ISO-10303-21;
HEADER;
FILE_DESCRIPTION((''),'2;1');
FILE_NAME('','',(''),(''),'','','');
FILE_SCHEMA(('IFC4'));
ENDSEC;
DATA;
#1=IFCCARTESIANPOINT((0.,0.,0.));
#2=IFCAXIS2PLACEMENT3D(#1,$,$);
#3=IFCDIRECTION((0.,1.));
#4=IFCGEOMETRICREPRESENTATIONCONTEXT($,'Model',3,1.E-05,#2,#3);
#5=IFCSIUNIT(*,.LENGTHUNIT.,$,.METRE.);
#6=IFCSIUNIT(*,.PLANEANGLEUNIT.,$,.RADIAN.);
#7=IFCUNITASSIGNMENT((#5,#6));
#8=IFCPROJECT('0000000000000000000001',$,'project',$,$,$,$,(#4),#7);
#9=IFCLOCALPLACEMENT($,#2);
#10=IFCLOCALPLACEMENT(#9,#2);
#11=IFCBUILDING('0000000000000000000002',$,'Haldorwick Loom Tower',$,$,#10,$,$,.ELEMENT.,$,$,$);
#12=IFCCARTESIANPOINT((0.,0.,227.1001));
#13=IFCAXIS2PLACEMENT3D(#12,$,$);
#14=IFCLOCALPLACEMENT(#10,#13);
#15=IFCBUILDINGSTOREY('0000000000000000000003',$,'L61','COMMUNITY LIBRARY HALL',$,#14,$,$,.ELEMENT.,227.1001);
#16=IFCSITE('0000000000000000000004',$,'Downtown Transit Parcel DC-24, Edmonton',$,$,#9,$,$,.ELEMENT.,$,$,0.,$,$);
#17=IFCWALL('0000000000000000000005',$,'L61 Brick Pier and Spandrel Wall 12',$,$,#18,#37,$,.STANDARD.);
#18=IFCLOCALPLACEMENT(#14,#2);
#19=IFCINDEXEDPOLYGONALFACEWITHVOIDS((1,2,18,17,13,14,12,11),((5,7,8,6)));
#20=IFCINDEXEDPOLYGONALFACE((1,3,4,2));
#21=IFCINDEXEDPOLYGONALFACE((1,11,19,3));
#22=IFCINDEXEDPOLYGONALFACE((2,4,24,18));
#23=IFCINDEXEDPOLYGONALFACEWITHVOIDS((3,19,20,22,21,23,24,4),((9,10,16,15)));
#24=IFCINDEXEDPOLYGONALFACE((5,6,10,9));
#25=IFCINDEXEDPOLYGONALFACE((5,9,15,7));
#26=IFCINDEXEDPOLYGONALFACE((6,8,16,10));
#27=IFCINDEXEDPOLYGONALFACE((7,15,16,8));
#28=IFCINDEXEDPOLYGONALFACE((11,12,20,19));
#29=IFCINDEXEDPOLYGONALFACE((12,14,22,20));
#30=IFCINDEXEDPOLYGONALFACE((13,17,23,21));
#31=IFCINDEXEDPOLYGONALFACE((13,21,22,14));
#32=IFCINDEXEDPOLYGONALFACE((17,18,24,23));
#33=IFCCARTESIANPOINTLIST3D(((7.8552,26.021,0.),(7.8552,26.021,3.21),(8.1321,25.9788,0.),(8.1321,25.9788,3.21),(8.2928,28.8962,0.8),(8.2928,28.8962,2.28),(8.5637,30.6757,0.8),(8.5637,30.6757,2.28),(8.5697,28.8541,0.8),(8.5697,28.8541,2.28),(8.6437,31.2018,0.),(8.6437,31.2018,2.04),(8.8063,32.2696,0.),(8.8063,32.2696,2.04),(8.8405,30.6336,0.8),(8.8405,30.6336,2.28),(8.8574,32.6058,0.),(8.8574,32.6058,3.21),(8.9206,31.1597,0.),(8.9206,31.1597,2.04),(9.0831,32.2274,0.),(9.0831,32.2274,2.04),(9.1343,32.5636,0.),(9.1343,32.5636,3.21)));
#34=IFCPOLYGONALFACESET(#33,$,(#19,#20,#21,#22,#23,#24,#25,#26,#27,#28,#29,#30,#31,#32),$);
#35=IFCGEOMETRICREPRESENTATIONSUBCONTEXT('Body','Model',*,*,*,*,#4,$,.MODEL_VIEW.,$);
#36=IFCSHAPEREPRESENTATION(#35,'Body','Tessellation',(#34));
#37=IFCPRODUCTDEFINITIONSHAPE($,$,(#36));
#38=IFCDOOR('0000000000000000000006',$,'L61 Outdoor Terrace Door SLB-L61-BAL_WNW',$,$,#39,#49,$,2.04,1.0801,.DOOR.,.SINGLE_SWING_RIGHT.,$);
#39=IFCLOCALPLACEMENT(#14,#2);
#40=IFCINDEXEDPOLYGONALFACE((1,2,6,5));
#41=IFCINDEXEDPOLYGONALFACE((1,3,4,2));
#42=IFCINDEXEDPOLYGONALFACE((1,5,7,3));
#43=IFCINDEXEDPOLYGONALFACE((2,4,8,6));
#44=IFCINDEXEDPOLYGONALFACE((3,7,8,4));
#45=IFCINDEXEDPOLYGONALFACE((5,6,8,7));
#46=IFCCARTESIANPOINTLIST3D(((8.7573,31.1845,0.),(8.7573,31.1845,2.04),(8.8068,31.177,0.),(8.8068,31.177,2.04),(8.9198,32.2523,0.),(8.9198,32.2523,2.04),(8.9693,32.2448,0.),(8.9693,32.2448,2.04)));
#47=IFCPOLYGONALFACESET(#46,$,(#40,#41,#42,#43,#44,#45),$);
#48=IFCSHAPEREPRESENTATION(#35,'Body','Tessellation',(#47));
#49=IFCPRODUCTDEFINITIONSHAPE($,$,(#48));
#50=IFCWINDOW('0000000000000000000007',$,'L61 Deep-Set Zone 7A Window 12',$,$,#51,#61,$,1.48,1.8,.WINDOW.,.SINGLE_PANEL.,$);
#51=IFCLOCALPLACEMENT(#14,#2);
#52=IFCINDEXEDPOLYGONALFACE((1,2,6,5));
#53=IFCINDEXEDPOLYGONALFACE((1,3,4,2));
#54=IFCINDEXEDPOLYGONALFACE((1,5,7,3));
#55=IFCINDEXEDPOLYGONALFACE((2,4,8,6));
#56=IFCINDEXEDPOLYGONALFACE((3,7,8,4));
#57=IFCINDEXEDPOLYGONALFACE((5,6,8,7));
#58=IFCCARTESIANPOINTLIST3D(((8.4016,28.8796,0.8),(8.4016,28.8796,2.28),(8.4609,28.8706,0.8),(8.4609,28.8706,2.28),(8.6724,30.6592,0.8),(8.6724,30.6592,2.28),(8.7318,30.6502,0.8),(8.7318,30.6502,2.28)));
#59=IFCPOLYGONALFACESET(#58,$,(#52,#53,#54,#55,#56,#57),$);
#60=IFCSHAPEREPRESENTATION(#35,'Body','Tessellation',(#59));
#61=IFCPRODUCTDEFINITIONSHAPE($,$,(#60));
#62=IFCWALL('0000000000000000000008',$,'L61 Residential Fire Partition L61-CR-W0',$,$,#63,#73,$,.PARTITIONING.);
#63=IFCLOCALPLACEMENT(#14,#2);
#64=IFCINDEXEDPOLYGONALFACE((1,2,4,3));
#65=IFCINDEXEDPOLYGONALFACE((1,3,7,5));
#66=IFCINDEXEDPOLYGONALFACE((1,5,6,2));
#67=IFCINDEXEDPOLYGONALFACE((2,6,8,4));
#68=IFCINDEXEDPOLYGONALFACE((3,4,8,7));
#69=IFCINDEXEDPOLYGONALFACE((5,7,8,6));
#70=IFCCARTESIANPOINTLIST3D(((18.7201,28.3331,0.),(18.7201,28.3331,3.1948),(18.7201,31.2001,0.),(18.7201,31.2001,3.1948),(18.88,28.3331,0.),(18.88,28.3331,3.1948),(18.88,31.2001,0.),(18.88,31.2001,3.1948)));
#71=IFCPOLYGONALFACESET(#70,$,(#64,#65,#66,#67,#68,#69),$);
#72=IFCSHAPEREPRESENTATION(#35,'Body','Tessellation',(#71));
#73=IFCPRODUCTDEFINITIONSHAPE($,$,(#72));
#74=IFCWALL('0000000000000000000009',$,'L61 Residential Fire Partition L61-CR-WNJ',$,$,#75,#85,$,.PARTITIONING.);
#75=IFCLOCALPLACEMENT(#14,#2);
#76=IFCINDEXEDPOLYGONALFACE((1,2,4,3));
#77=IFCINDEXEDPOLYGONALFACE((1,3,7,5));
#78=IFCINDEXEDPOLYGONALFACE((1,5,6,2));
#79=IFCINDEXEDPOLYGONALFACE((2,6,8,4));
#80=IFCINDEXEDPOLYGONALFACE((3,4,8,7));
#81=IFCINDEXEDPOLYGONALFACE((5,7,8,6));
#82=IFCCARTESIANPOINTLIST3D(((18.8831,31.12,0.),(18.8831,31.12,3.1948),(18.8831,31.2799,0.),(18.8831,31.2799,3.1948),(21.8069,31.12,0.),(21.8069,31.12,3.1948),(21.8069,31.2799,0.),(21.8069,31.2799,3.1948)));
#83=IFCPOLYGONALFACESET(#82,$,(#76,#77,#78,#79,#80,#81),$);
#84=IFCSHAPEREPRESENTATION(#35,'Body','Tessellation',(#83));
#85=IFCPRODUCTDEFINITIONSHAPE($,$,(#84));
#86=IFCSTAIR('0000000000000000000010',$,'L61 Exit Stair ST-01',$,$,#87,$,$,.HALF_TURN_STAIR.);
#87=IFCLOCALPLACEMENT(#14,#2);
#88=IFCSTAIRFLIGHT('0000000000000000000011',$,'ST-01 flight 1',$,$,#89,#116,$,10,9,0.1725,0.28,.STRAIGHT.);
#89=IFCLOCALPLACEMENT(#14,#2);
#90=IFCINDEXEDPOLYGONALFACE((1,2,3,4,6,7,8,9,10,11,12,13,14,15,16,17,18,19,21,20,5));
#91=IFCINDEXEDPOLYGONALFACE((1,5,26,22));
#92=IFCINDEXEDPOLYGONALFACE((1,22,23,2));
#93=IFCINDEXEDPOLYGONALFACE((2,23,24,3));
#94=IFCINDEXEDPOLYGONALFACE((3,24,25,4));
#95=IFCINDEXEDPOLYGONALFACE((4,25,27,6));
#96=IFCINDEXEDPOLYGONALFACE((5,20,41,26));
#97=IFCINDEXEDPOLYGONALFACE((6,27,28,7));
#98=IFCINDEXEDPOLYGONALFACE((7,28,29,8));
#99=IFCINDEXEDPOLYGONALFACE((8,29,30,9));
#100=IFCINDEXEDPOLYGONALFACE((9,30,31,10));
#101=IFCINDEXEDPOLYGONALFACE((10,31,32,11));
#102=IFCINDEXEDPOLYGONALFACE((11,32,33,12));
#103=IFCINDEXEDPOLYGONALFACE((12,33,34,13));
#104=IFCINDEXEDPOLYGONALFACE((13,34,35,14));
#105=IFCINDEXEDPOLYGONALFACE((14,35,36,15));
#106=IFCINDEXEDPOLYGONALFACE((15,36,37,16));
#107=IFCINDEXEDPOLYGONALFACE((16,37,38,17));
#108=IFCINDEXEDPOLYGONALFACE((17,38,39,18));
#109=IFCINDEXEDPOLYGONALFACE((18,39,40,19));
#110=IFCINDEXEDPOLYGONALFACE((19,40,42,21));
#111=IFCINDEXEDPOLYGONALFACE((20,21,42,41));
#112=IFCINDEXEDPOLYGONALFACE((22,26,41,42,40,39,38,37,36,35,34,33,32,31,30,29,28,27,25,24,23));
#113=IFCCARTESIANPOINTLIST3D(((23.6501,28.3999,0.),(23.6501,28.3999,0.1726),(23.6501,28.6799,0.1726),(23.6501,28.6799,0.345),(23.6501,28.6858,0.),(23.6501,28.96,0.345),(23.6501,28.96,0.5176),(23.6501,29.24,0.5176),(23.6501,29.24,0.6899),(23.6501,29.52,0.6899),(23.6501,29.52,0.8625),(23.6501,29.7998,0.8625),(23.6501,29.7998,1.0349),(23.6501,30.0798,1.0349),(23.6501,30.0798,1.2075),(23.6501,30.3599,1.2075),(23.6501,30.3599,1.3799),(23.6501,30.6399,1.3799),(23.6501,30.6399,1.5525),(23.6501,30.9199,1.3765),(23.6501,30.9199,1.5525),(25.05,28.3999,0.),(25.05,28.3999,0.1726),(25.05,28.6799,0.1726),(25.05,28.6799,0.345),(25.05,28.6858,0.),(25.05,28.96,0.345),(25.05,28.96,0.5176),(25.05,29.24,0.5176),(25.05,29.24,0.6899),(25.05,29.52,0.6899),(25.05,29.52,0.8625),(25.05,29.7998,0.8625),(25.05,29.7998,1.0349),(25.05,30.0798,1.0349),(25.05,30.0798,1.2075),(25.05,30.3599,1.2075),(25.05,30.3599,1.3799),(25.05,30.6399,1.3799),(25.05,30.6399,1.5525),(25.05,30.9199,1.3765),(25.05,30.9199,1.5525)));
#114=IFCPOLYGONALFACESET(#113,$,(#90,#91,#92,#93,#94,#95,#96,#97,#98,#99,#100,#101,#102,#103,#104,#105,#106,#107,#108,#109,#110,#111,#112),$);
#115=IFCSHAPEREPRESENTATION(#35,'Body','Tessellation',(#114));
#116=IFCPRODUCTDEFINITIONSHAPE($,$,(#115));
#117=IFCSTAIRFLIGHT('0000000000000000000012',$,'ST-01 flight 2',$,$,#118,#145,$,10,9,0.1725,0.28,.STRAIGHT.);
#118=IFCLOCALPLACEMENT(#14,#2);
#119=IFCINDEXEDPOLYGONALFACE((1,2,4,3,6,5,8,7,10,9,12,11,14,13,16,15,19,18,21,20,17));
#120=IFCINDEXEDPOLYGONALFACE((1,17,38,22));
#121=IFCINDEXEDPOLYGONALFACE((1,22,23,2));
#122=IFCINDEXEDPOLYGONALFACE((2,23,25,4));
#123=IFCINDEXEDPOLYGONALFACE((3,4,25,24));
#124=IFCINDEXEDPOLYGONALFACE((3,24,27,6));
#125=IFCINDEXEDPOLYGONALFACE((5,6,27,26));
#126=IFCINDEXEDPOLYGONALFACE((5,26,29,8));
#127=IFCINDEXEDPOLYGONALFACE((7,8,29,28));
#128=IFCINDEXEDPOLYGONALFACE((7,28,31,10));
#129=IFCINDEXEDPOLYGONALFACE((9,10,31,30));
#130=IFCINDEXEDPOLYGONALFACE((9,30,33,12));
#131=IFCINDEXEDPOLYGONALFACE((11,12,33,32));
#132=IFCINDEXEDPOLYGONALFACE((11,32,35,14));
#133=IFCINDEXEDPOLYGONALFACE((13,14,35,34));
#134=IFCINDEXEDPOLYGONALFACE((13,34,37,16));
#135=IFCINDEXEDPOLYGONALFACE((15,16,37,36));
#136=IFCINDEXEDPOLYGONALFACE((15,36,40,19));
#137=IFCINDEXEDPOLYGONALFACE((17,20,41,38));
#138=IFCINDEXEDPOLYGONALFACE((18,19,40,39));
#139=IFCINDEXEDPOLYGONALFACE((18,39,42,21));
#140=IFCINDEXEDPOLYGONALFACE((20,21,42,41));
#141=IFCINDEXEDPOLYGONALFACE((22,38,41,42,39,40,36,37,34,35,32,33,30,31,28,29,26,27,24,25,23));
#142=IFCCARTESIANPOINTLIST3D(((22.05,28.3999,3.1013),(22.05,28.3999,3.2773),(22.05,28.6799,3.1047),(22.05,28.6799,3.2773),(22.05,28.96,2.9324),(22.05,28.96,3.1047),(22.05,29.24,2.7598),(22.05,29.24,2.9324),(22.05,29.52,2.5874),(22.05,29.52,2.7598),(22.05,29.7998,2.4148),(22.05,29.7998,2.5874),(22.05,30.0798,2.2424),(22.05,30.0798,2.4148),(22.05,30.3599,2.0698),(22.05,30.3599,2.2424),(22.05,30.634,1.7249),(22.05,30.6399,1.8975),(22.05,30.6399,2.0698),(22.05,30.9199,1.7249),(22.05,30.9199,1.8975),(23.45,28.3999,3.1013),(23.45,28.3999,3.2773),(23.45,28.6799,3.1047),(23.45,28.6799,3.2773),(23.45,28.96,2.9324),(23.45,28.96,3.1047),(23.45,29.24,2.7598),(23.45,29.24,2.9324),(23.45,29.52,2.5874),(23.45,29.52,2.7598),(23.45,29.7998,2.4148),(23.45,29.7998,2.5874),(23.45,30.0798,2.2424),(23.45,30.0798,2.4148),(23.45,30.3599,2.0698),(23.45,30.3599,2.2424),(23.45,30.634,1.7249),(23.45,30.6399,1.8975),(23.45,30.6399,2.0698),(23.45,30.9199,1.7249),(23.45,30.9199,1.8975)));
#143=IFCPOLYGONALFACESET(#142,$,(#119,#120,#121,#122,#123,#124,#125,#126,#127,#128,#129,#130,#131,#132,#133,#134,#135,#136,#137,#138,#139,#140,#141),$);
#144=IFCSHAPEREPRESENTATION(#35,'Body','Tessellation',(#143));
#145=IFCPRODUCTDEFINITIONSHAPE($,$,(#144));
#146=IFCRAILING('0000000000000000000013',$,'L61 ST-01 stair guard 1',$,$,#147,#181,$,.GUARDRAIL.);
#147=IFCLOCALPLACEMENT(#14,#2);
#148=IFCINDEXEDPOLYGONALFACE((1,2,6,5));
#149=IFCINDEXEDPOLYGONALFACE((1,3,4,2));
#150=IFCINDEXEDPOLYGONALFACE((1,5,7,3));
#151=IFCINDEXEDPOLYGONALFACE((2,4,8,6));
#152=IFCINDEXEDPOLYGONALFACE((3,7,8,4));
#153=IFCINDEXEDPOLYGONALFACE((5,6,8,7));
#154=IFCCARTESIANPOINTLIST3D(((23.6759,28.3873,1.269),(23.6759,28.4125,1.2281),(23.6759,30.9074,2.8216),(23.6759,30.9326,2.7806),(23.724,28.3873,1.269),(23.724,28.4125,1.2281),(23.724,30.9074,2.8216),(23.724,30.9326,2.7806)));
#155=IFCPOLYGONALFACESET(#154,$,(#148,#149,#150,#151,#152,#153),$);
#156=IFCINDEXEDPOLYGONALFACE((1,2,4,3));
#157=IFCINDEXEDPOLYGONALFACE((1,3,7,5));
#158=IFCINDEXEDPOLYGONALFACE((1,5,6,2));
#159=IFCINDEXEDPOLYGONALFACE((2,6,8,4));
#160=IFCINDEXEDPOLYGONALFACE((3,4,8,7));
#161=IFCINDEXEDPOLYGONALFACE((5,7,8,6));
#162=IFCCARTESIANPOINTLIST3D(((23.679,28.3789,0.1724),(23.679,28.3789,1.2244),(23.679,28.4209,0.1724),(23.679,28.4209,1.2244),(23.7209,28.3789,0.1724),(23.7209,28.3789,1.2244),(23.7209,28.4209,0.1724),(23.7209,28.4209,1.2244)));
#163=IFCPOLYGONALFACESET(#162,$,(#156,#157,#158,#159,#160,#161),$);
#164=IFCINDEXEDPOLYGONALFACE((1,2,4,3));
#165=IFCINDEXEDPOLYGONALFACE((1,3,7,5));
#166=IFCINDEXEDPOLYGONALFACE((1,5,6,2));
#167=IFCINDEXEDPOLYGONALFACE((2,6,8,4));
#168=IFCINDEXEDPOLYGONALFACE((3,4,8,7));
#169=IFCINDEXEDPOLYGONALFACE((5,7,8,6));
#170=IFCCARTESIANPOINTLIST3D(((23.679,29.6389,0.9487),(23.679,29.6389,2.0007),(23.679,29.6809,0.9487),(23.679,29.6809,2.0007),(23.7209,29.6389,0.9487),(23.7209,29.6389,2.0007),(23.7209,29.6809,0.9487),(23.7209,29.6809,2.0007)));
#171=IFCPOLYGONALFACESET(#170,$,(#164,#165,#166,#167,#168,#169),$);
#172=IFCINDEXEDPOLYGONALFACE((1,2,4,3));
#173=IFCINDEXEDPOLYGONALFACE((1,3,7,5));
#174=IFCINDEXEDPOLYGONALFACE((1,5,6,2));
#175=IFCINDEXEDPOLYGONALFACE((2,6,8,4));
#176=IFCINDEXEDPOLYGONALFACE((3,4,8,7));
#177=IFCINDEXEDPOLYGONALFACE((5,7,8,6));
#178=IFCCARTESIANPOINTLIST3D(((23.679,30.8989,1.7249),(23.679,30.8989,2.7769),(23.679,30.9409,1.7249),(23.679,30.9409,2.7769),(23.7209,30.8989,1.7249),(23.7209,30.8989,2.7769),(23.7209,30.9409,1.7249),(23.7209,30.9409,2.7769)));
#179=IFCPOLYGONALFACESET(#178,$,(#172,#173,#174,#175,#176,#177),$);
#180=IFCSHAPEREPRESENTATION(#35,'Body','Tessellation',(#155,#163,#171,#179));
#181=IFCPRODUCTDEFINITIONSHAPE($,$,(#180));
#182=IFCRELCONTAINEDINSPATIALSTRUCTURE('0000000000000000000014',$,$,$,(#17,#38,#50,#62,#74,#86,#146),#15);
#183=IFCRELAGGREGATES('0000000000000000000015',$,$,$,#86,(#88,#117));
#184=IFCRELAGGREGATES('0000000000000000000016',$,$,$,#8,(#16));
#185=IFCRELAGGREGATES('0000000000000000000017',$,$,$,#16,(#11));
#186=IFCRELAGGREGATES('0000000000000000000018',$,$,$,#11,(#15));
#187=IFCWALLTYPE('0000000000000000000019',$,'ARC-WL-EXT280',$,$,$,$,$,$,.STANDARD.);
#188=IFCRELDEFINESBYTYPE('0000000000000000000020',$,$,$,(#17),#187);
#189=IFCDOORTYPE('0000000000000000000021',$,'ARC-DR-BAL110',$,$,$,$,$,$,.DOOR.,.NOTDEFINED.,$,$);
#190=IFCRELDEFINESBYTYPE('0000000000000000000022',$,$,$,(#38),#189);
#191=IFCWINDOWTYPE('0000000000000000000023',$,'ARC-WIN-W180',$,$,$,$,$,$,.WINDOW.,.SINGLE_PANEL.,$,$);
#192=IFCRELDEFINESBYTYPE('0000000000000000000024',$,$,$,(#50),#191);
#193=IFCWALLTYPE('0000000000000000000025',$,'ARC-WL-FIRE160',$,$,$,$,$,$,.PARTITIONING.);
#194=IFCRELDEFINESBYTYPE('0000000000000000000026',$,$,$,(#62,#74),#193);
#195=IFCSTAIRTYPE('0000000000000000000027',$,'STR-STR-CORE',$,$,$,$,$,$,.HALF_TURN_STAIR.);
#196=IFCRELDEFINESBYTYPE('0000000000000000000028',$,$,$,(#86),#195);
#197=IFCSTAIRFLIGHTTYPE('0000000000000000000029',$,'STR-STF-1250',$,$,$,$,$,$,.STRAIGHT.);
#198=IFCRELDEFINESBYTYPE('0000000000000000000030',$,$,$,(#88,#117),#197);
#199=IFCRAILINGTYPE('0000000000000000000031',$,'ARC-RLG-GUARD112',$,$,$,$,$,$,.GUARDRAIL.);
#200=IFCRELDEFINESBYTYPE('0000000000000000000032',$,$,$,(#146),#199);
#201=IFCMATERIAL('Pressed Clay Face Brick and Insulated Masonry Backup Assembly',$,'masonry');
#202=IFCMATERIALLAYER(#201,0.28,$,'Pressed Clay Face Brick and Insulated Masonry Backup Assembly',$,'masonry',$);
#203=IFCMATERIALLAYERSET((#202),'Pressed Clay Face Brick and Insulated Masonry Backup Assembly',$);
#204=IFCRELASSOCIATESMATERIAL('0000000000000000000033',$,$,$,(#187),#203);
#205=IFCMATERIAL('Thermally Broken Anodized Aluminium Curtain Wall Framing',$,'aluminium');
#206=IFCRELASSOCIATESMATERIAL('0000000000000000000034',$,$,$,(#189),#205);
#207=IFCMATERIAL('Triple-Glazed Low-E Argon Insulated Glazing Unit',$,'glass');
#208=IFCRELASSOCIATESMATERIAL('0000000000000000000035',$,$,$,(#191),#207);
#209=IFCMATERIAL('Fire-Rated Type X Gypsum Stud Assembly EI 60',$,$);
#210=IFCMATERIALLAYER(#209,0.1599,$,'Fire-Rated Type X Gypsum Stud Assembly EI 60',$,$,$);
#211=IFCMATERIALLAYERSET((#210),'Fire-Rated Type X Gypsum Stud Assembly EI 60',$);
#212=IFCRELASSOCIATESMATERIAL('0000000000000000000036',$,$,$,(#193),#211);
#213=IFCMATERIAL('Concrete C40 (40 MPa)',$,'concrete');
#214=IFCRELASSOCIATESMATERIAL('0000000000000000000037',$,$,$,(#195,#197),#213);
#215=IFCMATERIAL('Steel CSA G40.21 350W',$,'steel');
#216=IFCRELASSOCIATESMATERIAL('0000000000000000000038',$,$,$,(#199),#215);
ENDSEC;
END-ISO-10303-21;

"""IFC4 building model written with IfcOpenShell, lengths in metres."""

from ifc_helpers import new_model, si_unit, direction, frame, frame_2d, origin, origin_2d, place, context, subcontext, project, spatial, polyline, rectangle, outline, extrude, material, layer, layer_set, type_object, element, fill, aggregate, save


model = new_model("IFC4")

# Units and contexts
model_context = context("Model", 3, precision=1e-05, world=origin(), true_north=direction((0.0, 1.0)))
body_context = subcontext(model_context, "Body", "Model", "MODEL_VIEW")
ifc_project = project(units=[si_unit("LENGTHUNIT", "METRE"), si_unit("PLANEANGLEUNIT", "RADIAN")], contexts=[model_context])

# Site, building, storey
site_placement = place(None, origin())
site = spatial("IfcSite", under=ifc_project, at=site_placement, Name="Downtown Transit Parcel DC-24, Edmonton", CompositionType="ELEMENT", RefElevation=0.0)
building_placement = place(site_placement, origin())
building = spatial("IfcBuilding", under=site, at=building_placement, Name="Haldorwick Loom Tower", CompositionType="ELEMENT")
storey_placement = place(building_placement, frame((0.0, 0.0, 227.1001)))
storey = spatial("IfcBuildingStorey", under=building, at=storey_placement, Name="L61", Description="COMMUNITY LIBRARY HALL", CompositionType="ELEMENT", Elevation=227.1001)

# Shared definitions
ifc_material_1 = material(Name="Steel CSA G40.21 350W", Category="steel")

# Wall, openings, door, window
ifc_material_2 = material(Name="Pressed Clay Face Brick and Insulated Masonry Backup Assembly", Category="masonry")
ifc_layer_1 = layer(ifc_material_2, 0.28, Name="Pressed Clay Face Brick and Insulated Masonry Backup Assembly", Category="masonry")
ifc_layer_set_1 = layer_set([ifc_layer_1], Name="Pressed Clay Face Brick and Insulated Masonry Backup Assembly")
wall_type_1 = type_object("IfcWallType", Name="ARC-WL-EXT280", PredefinedType="STANDARD", material=ifc_layer_set_1)
wall_1_placement = place(storey_placement, frame((8.9958, 32.5847, 0.0), z_axis=(0.0, 0.0, 1.0), x_axis=(-0.150468, -0.988615, 0.0)))
wall_1 = element("IfcWall", 1, at=wall_1_placement, inside=storey, type_object=wall_type_1, Name="L61 Brick Pier and Spandrel Wall 12", PredefinedType="STANDARD", context=body_context, shape_type="SweptSolid", body=[
    extrude(rectangle(XDim=6.6606, YDim=0.28, at=frame_2d((3.3303, 0.0))), origin(), (0.0, 0.0, 1.0), 3.21),
])
opening_1_placement = place(wall_1_placement, frame((0.3401, 0.0, 0.0)))
opening_1 = element("IfcOpeningElement", 2, at=opening_1_placement, cuts=wall_1, PredefinedType="OPENING", context=body_context, shape_type="SweptSolid", body=[
    extrude(rectangle(XDim=1.0801, YDim=2.04, at=frame_2d((0.54, 1.02))), frame((0.0, 0.1499, 0.0), z_axis=(0.0, -1.0, 0.0), x_axis=(1.0, 0.0, 0.0)), (0.0, 0.0, 1.0), 0.3),
])
opening_2_placement = place(wall_1_placement, frame((1.9524, 0.0, 0.8)))
opening_2 = element("IfcOpeningElement", 3, at=opening_2_placement, cuts=wall_1, PredefinedType="OPENING", context=body_context, shape_type="SweptSolid", body=[
    extrude(rectangle(XDim=1.8, YDim=1.48, at=frame_2d((0.8999, 0.74))), frame((0.0, 0.1499, 0.0), z_axis=(0.0, -1.0, 0.0), x_axis=(1.0, 0.0, 0.0)), (0.0, 0.0, 1.0), 0.3),
])
ifc_material_3 = material(Name="Thermally Broken Anodized Aluminium Curtain Wall Framing", Category="aluminium")
door_type = type_object("IfcDoorType", Name="ARC-DR-BAL110", OperationType="NOTDEFINED", PredefinedType="DOOR", material=ifc_material_3)
door_placement = place(opening_1_placement, origin())
door = element("IfcDoor", 4, at=door_placement, inside=storey, type_object=door_type, Name="L61 Outdoor Terrace Door SLB-L61-BAL_WNW", OperationType="SINGLE_SWING_RIGHT", OverallHeight=2.04, OverallWidth=1.0801, PredefinedType="DOOR", context=body_context, shape_type="SweptSolid", body=[
    extrude(rectangle(XDim=1.0801, YDim=2.04, at=frame_2d((0.54, 1.02))), frame((0.0, 0.0249, 0.0), z_axis=(0.0, -1.0, 0.0), x_axis=(1.0, 0.0, 0.0)), (0.0, 0.0, 1.0), 0.05),
])
fill(opening_1, door)
ifc_material_4 = material(Name="Triple-Glazed Low-E Argon Insulated Glazing Unit", Category="glass")
window_type = type_object("IfcWindowType", Name="ARC-WIN-W180", PartitioningType="SINGLE_PANEL", PredefinedType="WINDOW", material=ifc_material_4)
window_placement = place(opening_2_placement, origin())
window = element("IfcWindow", 5, at=window_placement, inside=storey, type_object=window_type, Name="L61 Deep-Set Zone 7A Window 12", OverallHeight=1.48, OverallWidth=1.8, PartitioningType="SINGLE_PANEL", PredefinedType="WINDOW", context=body_context, shape_type="SweptSolid", body=[
    extrude(rectangle(XDim=1.8, YDim=1.48, at=frame_2d((0.8999, 0.74))), frame((0.0, 0.03, 0.0), z_axis=(0.0, -1.0, 0.0), x_axis=(1.0, 0.0, 0.0)), (0.0, 0.0, 1.0), 0.0601),
])
fill(opening_2, window)

# Walls
ifc_material_5 = material(Name="Fire-Rated Type X Gypsum Stud Assembly EI 60")
ifc_layer_2 = layer(ifc_material_5, 0.1599, Name="Fire-Rated Type X Gypsum Stud Assembly EI 60")
ifc_layer_set_2 = layer_set([ifc_layer_2], Name="Fire-Rated Type X Gypsum Stud Assembly EI 60")
wall_type_2 = type_object("IfcWallType", Name="ARC-WL-FIRE160", PredefinedType="PARTITIONING", material=ifc_layer_set_2)
wall_2_placement = place(storey_placement, frame((18.8, 28.333, 0.0), z_axis=(0.0, 0.0, 1.0), x_axis=(0.0, 1.0, 0.0)))
element("IfcWall", 6, at=wall_2_placement, inside=storey, type_object=wall_type_2, Name="L61 Residential Fire Partition L61-CR-W0", PredefinedType="PARTITIONING", context=body_context, shape_type="SweptSolid", body=[
    extrude(rectangle(XDim=2.8669, YDim=0.1599, at=frame_2d((1.4336, 0.0))), origin(), (0.0, 0.0, 1.0), 3.1948),
])
wall_3_placement = place(storey_placement, frame((18.8831, 31.2, 0.0), z_axis=(0.0, 0.0, 1.0), x_axis=(1.0, 0.0, 0.0)))
element("IfcWall", 7, at=wall_3_placement, inside=storey, type_object=wall_type_2, Name="L61 Residential Fire Partition L61-CR-WNJ", PredefinedType="PARTITIONING", context=body_context, shape_type="SweptSolid", body=[
    extrude(rectangle(XDim=2.9238, YDim=0.1599, at=frame_2d((1.4619, 0.0))), origin(), (0.0, 0.0, 1.0), 3.1948),
])

# Stair, stair flights
ifc_material_6 = material(Name="Concrete C40 (40 MPa)", Category="concrete")
stair_type = type_object("IfcStairType", Name="STR-STR-CORE", PredefinedType="HALF_TURN_STAIR", material=ifc_material_6)
stair_placement = place(storey_placement, origin())
stair = element("IfcStair", 8, at=stair_placement, inside=storey, type_object=stair_type, Name="L61 Exit Stair ST-01", PredefinedType="HALF_TURN_STAIR")
stair_flight_type = type_object("IfcStairFlightType", Name="STR-STF-1250", PredefinedType="STRAIGHT", material=ifc_material_6)
stair_flight_1_placement = place(storey_placement, frame((24.3501, 28.3999, 0.0), z_axis=(0.0, 0.0, 1.0), x_axis=(0.0, 1.0, 0.0)))
stair_flight_1 = element("IfcStairFlight", 9, at=stair_flight_1_placement, type_object=stair_flight_type, Name="ST-01 flight 1", NumberOfRisers=10, NumberOfTreads=9, PredefinedType="STRAIGHT", RiserHeight=0.1725, TreadLength=0.28, context=body_context, shape_type="SweptSolid", body=[
    extrude(outline(polyline([(0.0, 0.0), (0.0, 0.1726), (0.28, 0.1726), (0.28, 0.345), (0.5601, 0.345), (0.5601, 0.5176), (0.8401, 0.5176), (0.8401, 0.6899), (1.1201, 0.6899), (1.1201, 0.8625), (1.3999, 0.8625), (1.3999, 1.0349), (1.6799, 1.0349), (1.6799, 1.2075), (1.96, 1.2075), (1.96, 1.3799), (2.24, 1.3799), (2.24, 1.5525), (2.52, 1.5525), (2.52, 1.7251), (2.52, 1.3765), (0.2859, 0.0), (0.0, 0.0)])), frame((0.0, 0.7, 0.0), z_axis=(0.0, -1.0, 0.0), x_axis=(1.0, 0.0, 0.0)), (0.0, 0.0, 1.0), 1.3999),
])
stair_flight_2_placement = place(storey_placement, frame((22.75, 30.9199, 1.7249), z_axis=(0.0, 0.0, 1.0), x_axis=(0.0, -1.0, 0.0)))
stair_flight_2 = element("IfcStairFlight", 10, at=stair_flight_2_placement, type_object=stair_flight_type, Name="ST-01 flight 2", NumberOfRisers=10, NumberOfTreads=9, PredefinedType="STRAIGHT", RiserHeight=0.1725, TreadLength=0.28, context=body_context, shape_type="SweptSolid", body=[
    extrude(outline(polyline([(0.0, 0.0), (0.0, 0.1726), (0.28, 0.1726), (0.28, 0.345), (0.5601, 0.345), (0.5601, 0.5176), (0.8401, 0.5176), (0.8401, 0.6899), (1.1201, 0.6899), (1.1201, 0.8625), (1.3999, 0.8625), (1.3999, 1.0349), (1.6799, 1.0349), (1.6799, 1.2075), (1.96, 1.2075), (1.96, 1.3799), (2.24, 1.3799), (2.24, 1.5525), (2.52, 1.5525), (2.52, 1.7251), (2.52, 1.3765), (0.2859, 0.0), (0.0, 0.0)])), frame((0.0, 0.7, 0.0), z_axis=(0.0, -1.0, 0.0), x_axis=(1.0, 0.0, 0.0)), (0.0, 0.0, 1.0), 1.3999),
])
aggregate(stair, [stair_flight_1, stair_flight_2])

# Railing
railing_type_1 = type_object("IfcRailingType", Name="ARC-RLG-GUARD112", PredefinedType="GUARDRAIL", material=ifc_material_1)
railing_1_placement = place(storey_placement, frame((23.7, 28.3999, 0.1724)))
element("IfcRailing", 11, at=railing_1_placement, inside=storey, type_object=railing_type_1, Name="L61 ST-01 stair guard 1", PredefinedType="GUARDRAIL", context=body_context, shape_type="SweptSolid", body=[
    extrude(rectangle(XDim=0.0481, YDim=0.0481, at=origin_2d()), frame((0.0, 0.0, 1.0762), z_axis=(0.0, 0.8514, 0.524516), x_axis=(-1.0, 0.0, 0.0)), (0.0, 0.0, 1.0), 2.96),
    extrude(rectangle(XDim=0.042, YDim=0.042, at=origin_2d()), origin(), (0.0, 0.0, 1.0), 1.052),
    extrude(rectangle(XDim=0.042, YDim=0.042, at=origin_2d()), frame((0.0, 1.26, 0.7764)), (0.0, 0.0, 1.0), 1.052),
    extrude(rectangle(XDim=0.042, YDim=0.042, at=origin_2d()), frame((0.0, 2.52, 1.5525)), (0.0, 0.0, 1.0), 1.052),
])

save(model, "model.ifc")
